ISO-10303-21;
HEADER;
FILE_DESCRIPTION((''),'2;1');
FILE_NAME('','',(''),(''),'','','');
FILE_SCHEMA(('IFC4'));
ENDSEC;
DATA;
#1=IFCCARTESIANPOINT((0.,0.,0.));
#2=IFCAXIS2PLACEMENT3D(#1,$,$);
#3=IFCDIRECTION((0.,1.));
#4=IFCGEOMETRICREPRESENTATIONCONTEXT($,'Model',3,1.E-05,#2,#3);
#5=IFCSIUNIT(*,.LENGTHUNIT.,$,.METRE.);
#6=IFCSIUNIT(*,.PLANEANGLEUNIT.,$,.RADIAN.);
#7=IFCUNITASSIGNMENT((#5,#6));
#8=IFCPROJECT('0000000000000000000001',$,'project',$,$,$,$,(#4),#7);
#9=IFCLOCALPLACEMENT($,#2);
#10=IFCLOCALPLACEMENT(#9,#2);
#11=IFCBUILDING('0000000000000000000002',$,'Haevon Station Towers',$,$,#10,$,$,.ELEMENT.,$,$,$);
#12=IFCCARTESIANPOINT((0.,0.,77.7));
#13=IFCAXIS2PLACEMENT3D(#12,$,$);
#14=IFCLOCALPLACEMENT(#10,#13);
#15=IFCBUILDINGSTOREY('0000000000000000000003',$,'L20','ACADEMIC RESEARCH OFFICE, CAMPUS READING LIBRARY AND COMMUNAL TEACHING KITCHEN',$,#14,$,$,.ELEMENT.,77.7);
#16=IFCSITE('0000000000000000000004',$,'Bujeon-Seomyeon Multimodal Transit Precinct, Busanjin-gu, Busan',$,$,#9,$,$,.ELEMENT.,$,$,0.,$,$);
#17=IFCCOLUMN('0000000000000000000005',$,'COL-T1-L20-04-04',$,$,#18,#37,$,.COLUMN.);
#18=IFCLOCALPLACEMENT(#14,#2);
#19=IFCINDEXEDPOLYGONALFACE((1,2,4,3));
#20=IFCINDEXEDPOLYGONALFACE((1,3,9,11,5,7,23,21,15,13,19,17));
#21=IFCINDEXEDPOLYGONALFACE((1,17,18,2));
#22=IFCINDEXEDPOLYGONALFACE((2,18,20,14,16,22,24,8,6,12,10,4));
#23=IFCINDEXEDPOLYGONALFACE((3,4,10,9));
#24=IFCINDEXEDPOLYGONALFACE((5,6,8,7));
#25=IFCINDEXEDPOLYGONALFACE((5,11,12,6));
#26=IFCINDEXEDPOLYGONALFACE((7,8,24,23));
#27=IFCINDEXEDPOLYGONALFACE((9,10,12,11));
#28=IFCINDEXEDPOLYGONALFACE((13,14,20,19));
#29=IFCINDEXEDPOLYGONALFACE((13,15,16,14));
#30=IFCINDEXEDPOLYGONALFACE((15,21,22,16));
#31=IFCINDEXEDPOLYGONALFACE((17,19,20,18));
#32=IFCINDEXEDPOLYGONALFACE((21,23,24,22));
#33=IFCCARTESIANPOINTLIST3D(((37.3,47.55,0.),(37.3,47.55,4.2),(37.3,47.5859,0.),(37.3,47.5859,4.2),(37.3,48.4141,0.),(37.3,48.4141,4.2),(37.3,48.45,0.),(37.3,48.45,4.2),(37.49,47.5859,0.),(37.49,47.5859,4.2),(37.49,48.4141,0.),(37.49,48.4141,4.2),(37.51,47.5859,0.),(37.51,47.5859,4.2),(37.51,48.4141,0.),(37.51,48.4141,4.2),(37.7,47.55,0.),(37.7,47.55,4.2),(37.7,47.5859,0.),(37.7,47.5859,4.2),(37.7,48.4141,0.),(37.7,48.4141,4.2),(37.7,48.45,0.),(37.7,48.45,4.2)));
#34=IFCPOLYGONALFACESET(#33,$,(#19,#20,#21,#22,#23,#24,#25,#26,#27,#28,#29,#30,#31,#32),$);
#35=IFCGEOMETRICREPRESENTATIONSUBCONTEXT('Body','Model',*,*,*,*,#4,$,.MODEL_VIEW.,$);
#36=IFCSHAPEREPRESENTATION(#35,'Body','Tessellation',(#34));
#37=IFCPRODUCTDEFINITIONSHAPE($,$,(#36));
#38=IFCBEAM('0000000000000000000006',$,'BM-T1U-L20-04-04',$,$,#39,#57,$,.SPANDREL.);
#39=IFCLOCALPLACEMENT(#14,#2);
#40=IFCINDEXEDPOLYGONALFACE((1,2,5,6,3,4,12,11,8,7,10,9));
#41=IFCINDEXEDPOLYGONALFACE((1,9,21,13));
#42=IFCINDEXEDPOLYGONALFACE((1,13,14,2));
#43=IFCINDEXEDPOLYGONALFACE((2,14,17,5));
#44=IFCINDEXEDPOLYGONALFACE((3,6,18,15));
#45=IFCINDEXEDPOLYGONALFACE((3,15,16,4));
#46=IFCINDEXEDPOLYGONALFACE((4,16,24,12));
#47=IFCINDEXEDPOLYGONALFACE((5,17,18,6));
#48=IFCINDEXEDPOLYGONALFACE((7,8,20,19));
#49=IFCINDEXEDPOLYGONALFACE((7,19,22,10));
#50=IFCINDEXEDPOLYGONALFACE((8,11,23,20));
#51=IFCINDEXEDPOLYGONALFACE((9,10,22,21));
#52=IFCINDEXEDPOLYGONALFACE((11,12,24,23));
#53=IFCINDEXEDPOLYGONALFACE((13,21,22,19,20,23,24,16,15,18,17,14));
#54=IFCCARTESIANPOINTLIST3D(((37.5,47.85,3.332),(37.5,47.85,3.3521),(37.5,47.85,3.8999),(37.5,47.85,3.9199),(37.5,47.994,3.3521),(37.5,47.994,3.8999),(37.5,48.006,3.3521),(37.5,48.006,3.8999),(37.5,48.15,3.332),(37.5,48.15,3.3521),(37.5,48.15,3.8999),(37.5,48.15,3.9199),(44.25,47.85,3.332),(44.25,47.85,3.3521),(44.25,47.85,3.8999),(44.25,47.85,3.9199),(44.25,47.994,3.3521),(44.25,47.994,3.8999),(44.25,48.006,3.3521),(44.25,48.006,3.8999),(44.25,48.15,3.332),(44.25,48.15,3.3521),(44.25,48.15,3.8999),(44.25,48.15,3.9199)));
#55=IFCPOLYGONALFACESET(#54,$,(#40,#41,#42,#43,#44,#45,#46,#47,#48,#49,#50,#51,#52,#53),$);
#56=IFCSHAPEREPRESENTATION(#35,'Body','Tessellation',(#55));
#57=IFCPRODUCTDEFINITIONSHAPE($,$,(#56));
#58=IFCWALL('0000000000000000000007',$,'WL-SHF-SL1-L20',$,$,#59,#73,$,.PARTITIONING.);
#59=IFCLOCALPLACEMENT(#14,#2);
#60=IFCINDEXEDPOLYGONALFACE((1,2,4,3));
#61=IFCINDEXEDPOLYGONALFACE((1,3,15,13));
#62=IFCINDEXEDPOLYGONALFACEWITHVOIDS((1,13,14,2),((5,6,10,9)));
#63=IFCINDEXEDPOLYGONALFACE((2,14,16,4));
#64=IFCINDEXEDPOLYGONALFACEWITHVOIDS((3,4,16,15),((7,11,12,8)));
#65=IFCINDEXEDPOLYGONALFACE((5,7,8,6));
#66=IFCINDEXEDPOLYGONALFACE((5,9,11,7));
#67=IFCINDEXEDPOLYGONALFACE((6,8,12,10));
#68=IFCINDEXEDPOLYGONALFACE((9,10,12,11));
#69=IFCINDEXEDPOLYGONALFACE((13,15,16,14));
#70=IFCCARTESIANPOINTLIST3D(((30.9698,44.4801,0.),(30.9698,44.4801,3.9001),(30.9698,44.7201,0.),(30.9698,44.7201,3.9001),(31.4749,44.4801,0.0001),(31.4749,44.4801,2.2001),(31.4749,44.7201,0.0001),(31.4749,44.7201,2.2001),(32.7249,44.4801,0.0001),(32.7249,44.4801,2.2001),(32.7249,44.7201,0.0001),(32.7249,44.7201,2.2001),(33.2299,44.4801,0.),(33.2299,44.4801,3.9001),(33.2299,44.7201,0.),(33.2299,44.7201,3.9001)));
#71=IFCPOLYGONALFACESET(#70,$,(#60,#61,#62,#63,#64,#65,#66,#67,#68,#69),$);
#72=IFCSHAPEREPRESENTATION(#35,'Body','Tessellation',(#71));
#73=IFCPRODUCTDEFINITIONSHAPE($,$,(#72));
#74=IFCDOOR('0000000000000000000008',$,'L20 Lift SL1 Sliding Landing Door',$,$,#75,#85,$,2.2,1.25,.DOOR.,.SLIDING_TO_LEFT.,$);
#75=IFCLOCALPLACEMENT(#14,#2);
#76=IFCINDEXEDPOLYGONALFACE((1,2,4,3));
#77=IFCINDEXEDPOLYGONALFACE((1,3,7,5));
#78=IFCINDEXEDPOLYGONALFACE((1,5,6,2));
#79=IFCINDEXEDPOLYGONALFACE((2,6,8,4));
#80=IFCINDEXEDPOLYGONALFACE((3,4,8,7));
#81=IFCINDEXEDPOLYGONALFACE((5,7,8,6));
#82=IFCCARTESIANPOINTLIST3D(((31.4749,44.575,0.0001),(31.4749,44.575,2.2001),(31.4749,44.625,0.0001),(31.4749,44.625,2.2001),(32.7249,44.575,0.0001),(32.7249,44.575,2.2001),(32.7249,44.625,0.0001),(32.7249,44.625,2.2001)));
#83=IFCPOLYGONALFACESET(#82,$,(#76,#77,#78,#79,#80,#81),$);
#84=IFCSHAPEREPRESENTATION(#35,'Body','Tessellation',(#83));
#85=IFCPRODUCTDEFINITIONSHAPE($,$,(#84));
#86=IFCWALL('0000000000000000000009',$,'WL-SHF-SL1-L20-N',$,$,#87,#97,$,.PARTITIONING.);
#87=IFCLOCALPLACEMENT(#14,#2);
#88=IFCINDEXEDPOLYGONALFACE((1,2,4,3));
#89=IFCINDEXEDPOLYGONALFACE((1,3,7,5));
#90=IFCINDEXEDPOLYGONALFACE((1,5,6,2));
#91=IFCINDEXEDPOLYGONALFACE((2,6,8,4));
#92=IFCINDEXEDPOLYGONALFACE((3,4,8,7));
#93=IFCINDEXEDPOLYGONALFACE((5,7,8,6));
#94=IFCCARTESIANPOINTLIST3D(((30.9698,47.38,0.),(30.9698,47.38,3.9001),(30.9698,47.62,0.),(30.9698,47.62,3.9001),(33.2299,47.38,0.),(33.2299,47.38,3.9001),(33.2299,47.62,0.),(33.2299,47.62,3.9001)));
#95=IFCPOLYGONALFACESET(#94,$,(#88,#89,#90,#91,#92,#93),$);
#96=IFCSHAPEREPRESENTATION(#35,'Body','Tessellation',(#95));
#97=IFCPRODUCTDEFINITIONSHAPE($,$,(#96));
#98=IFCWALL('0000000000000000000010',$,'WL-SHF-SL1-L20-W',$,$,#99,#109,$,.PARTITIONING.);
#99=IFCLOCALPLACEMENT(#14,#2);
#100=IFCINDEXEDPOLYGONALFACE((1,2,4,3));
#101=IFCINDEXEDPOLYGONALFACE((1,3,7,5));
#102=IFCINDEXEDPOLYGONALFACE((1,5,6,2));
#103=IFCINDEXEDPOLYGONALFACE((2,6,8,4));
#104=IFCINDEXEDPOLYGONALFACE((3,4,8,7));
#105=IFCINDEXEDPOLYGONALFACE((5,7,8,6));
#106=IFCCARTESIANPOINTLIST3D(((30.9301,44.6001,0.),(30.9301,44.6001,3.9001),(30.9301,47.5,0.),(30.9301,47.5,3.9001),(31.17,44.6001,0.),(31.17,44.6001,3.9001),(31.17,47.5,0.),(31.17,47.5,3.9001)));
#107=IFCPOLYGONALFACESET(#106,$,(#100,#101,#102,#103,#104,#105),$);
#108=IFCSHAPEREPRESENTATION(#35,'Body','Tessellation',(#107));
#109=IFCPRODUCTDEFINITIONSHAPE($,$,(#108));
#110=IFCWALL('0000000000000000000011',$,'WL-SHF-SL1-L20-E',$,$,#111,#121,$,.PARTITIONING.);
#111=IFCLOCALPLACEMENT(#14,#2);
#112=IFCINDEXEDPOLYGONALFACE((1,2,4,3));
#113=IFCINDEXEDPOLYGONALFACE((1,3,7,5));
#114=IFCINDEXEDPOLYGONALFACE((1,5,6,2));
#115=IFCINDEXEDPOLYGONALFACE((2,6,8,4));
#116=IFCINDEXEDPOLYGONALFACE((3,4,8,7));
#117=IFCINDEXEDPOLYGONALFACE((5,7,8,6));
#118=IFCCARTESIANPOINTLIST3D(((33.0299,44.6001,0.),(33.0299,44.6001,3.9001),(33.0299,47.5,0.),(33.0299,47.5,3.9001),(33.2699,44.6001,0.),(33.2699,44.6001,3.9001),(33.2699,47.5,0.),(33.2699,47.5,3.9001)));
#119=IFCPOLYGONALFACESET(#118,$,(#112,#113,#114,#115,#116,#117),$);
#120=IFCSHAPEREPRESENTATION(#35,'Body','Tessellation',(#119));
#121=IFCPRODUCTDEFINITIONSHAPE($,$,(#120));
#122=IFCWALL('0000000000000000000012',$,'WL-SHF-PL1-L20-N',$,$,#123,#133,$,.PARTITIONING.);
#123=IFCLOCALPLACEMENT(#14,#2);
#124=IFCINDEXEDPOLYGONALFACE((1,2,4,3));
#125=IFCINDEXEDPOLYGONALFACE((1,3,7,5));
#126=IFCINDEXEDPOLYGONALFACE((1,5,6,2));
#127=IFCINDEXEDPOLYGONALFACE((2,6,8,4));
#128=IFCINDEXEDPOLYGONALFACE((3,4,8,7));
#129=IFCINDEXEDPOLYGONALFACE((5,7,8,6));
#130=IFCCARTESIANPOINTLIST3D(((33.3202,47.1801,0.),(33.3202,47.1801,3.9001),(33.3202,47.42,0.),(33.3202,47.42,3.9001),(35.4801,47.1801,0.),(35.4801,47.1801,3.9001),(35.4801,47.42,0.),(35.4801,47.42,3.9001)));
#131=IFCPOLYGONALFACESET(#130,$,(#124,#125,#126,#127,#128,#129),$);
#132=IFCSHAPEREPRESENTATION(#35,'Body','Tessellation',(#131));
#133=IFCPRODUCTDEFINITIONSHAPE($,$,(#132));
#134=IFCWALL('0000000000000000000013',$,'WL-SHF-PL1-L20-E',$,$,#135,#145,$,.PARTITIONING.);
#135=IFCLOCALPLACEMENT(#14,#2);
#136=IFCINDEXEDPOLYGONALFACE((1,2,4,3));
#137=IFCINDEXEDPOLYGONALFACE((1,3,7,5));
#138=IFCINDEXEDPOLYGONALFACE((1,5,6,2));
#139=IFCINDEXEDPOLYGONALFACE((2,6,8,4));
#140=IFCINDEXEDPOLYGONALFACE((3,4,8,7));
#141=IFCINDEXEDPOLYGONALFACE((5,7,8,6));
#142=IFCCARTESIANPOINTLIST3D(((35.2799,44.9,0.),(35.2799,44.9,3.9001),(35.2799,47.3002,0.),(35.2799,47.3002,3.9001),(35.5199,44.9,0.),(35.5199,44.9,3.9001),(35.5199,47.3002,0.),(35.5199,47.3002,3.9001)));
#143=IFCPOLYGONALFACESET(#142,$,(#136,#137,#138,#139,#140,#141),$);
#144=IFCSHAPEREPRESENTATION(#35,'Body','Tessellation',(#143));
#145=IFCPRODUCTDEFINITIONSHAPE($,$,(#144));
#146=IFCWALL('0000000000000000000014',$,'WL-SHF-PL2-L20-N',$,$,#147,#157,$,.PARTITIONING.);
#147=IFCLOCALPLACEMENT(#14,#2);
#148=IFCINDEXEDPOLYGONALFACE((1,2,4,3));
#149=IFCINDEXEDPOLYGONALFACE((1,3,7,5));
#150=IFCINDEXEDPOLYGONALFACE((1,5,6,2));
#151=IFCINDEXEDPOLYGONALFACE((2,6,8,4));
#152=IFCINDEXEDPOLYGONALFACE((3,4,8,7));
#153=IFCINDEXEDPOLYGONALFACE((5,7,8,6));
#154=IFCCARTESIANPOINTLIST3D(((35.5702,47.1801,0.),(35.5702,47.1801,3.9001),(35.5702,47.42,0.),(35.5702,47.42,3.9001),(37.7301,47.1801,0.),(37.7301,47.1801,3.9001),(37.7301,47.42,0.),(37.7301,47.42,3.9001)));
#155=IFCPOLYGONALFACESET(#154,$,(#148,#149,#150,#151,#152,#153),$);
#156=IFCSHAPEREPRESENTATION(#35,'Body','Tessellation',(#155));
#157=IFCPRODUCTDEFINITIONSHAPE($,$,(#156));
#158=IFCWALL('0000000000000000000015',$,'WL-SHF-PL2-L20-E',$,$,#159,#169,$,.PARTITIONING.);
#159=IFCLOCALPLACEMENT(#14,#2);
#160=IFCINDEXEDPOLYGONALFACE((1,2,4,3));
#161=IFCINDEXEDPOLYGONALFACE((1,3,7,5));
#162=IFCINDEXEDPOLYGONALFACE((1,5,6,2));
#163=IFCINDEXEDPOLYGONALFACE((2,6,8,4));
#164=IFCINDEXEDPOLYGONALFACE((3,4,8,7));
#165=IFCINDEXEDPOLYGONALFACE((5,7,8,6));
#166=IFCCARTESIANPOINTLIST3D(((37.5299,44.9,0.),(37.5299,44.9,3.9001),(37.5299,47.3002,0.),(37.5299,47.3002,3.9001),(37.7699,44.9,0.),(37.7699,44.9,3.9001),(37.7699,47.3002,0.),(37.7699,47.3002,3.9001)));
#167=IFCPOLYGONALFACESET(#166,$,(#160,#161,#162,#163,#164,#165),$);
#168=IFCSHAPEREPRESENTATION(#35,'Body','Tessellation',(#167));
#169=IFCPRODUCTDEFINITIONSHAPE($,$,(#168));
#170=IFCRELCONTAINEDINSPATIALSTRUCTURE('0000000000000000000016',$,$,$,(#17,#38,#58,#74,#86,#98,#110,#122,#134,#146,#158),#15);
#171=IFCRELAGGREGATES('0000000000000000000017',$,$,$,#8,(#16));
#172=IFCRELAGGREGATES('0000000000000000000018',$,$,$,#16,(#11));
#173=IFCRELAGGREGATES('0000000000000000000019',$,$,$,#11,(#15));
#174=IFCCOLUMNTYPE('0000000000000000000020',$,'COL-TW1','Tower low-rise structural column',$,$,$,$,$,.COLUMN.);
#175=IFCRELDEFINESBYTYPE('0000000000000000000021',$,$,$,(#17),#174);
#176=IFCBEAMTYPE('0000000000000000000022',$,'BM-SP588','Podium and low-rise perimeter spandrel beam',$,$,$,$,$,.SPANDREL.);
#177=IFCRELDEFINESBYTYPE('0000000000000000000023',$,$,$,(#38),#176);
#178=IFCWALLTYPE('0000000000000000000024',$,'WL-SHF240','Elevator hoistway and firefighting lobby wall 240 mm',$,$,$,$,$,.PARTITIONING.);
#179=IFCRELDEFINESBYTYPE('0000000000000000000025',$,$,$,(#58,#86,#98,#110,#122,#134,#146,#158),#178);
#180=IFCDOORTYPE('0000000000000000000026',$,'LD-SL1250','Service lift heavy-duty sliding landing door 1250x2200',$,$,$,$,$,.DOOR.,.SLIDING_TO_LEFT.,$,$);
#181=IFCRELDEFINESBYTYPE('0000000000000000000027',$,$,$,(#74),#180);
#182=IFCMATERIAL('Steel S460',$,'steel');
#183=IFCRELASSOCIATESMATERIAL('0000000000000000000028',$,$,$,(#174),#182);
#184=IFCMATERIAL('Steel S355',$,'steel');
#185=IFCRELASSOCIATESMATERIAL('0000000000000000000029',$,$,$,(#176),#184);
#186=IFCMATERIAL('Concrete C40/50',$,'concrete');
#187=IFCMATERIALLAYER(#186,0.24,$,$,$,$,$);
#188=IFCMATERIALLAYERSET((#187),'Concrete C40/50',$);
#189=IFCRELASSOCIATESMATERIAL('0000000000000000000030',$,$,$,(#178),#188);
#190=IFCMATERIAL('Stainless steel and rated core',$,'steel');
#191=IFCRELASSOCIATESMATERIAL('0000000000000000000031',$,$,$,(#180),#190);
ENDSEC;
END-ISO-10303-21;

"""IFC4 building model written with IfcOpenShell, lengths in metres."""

from ifc_helpers import new_model, si_unit, direction, frame, frame_2d, origin, origin_2d, place, context, subcontext, project, spatial, rectangle, i_section, extrude, material, layer, layer_set, material_profile, profile_set, type_object, element, fill, save


model = new_model("IFC4")

# Units and contexts
model_context = context("Model", 3, precision=1e-05, world=origin(), true_north=direction((0.0, 1.0)))
body_context = subcontext(model_context, "Body", "Model", "MODEL_VIEW")
ifc_project = project(units=[si_unit("LENGTHUNIT", "METRE"), si_unit("PLANEANGLEUNIT", "RADIAN")], contexts=[model_context])

# Site, building, storey
site_placement = place(None, origin())
site = spatial("IfcSite", under=ifc_project, at=site_placement, Name="Bujeon-Seomyeon Multimodal Transit Precinct, Busanjin-gu, Busan", CompositionType="ELEMENT", RefElevation=0.0)
building_placement = place(site_placement, origin())
building = spatial("IfcBuilding", under=site, at=building_placement, Name="Haevon Station Towers", CompositionType="ELEMENT")
storey_placement = place(building_placement, frame((0.0, 0.0, 77.7)))
storey = spatial("IfcBuildingStorey", under=building, at=storey_placement, Name="L20", Description="ACADEMIC RESEARCH OFFICE, CAMPUS READING LIBRARY AND COMMUNAL TEACHING KITCHEN", CompositionType="ELEMENT", Elevation=77.7)

# Column
ifc_material_1 = material(Name="Steel S460", Category="steel")
ifc_material_profile_1 = material_profile(ifc_material_1, i_section(OverallWidth=0.3999, OverallDepth=0.8999, WebThickness=0.02, FlangeThickness=0.0359, at=origin_2d()), Name="H-900x400x20x36")
ifc_profile_set_1 = profile_set([ifc_material_profile_1], Name="Steel S460")
column_type = type_object("IfcColumnType", Name="COL-TW1", Description="Tower low-rise structural column", PredefinedType="COLUMN", material=ifc_profile_set_1)
column_placement = place(storey_placement, frame((37.5, 48.0, 0.0), z_axis=(0.0, 0.0, 1.0), x_axis=(1.0, 0.0, 0.0)))
element("IfcColumn", 1, at=column_placement, inside=storey, type_object=column_type, Name="COL-T1-L20-04-04", PredefinedType="COLUMN", context=body_context, shape_type="SweptSolid", body=[
    extrude(i_section(OverallWidth=0.3999, OverallDepth=0.8999, WebThickness=0.02, FlangeThickness=0.0359, at=origin_2d()), origin(), (0.0, 0.0, 1.0), 4.2),
])

# Beam
ifc_material_2 = material(Name="Steel S355", Category="steel")
ifc_material_profile_2 = material_profile(ifc_material_2, i_section(OverallWidth=0.3, OverallDepth=0.5879, WebThickness=0.012, FlangeThickness=0.02, at=origin_2d()), Name="H-588x300x12x20")
ifc_profile_set_2 = profile_set([ifc_material_profile_2], Name="Steel S355")
beam_type = type_object("IfcBeamType", Name="BM-SP588", Description="Podium and low-rise perimeter spandrel beam", PredefinedType="SPANDREL", material=ifc_profile_set_2)
beam_placement = place(storey_placement, frame((37.5, 48.0, 3.626), z_axis=(1.0, 0.0, 0.0), x_axis=(0.0, 1.0, 0.0)))
element("IfcBeam", 2, at=beam_placement, inside=storey, type_object=beam_type, Name="BM-T1U-L20-04-04", PredefinedType="SPANDREL", context=body_context, shape_type="SweptSolid", body=[
    extrude(i_section(OverallWidth=0.3, OverallDepth=0.5879, WebThickness=0.012, FlangeThickness=0.02, at=origin_2d()), origin(), (0.0, 0.0, 1.0), 6.75),
])

# Wall, opening, door
ifc_material_3 = material(Name="Concrete C40/50", Category="concrete")
ifc_layer = layer(ifc_material_3, 0.24)
ifc_layer_set = layer_set([ifc_layer], Name="Concrete C40/50")
wall_type = type_object("IfcWallType", Name="WL-SHF240", Description="Elevator hoistway and firefighting lobby wall 240 mm", PredefinedType="PARTITIONING", material=ifc_layer_set)
wall_1_placement = place(storey_placement, frame((30.97, 44.6001, 0.0), z_axis=(0.0, 0.0, 1.0), x_axis=(1.0, 0.0, 0.0)))
wall_1 = element("IfcWall", 3, at=wall_1_placement, inside=storey, type_object=wall_type, Name="WL-SHF-SL1-L20", PredefinedType="PARTITIONING", context=body_context, shape_type="SweptSolid", body=[
    extrude(rectangle(XDim=2.26, YDim=0.24, at=frame_2d((1.1299, 0.0))), origin(), (0.0, 0.0, 1.0), 3.9001),
])
opening_1_placement = place(wall_1_placement, frame((0.5049, 0.0, 0.0)))
opening_1 = element("IfcOpeningElement", 4, at=opening_1_placement, cuts=wall_1, PredefinedType="OPENING", context=body_context, shape_type="SweptSolid", body=[
    extrude(rectangle(XDim=1.25, YDim=2.2, at=frame_2d((0.625, 1.1001))), frame((0.0, 0.1299, 0.0), z_axis=(0.0, -1.0, 0.0), x_axis=(1.0, 0.0, 0.0)), (0.0, 0.0, 1.0), 0.26),
])
ifc_material_4 = material(Name="Stainless steel and rated core", Category="steel")
door_type_1 = type_object("IfcDoorType", Name="LD-SL1250", Description="Service lift heavy-duty sliding landing door 1250x2200", OperationType="SLIDING_TO_LEFT", PredefinedType="DOOR", material=ifc_material_4)
door_1_placement = place(opening_1_placement, origin())
door_1 = element("IfcDoor", 5, at=door_1_placement, inside=storey, type_object=door_type_1, Name="L20 Lift SL1 Sliding Landing Door", OperationType="SLIDING_TO_LEFT", OverallHeight=2.2, OverallWidth=1.25, PredefinedType="DOOR", context=body_context, shape_type="SweptSolid", body=[
    extrude(rectangle(XDim=1.25, YDim=2.2, at=frame_2d((0.625, 1.1001))), frame((0.0, 0.0249, 0.0), z_axis=(0.0, -1.0, 0.0), x_axis=(1.0, 0.0, 0.0)), (0.0, 0.0, 1.0), 0.05),
])
fill(opening_1, door_1)

# Walls
wall_2_placement = place(storey_placement, frame((30.97, 47.5, 0.0), z_axis=(0.0, 0.0, 1.0), x_axis=(1.0, 0.0, 0.0)))
element("IfcWall", 6, at=wall_2_placement, inside=storey, type_object=wall_type, Name="WL-SHF-SL1-L20-N", PredefinedType="PARTITIONING", context=body_context, shape_type="SweptSolid", body=[
    extrude(rectangle(XDim=2.26, YDim=0.24, at=frame_2d((1.1299, 0.0))), origin(), (0.0, 0.0, 1.0), 3.9001),
])
for number, where, z_axis, x_axis, name in (
    (7, (31.05, 44.6001, 0.0), (0.0, 0.0, 1.0), (0.0, 1.0, 0.0), "WL-SHF-SL1-L20-W"),
    (8, (33.1499, 44.6001, 0.0), (0.0, 0.0, 1.0), (0.0, 1.0, 0.0), "WL-SHF-SL1-L20-E"),
):
    element("IfcWall", number, at=place(storey_placement, frame(where, z_axis=z_axis, x_axis=x_axis)), inside=storey, type_object=wall_type, Name=name, PredefinedType="PARTITIONING", context=body_context, shape_type="SweptSolid", body=[
        extrude(rectangle(XDim=2.8999, YDim=0.24, at=frame_2d((1.45, 0.0))), origin(), (0.0, 0.0, 1.0), 3.9001),
    ])

# Walls
wall_3_placement = place(storey_placement, frame((33.3201, 47.3, 0.0), z_axis=(0.0, 0.0, 1.0), x_axis=(1.0, 0.0, 0.0)))
element("IfcWall", 9, at=wall_3_placement, inside=storey, type_object=wall_type, Name="WL-SHF-PL1-L20-N", PredefinedType="PARTITIONING", context=body_context, shape_type="SweptSolid", body=[
    extrude(rectangle(XDim=2.1599, YDim=0.24, at=frame_2d((1.0801, 0.0))), origin(), (0.0, 0.0, 1.0), 3.9001),
])
wall_4_placement = place(storey_placement, frame((35.3999, 44.8999, 0.0), z_axis=(0.0, 0.0, 1.0), x_axis=(0.0, 1.0, 0.0)))
element("IfcWall", 10, at=wall_4_placement, inside=storey, type_object=wall_type, Name="WL-SHF-PL1-L20-E", PredefinedType="PARTITIONING", context=body_context, shape_type="SweptSolid", body=[
    extrude(rectangle(XDim=2.4001, YDim=0.24, at=frame_2d((1.2002, 0.0))), origin(), (0.0, 0.0, 1.0), 3.9001),
])

# Walls
wall_5_placement = place(storey_placement, frame((35.5701, 47.3, 0.0), z_axis=(0.0, 0.0, 1.0), x_axis=(1.0, 0.0, 0.0)))
element("IfcWall", 11, at=wall_5_placement, inside=storey, type_object=wall_type, Name="WL-SHF-PL2-L20-N", PredefinedType="PARTITIONING", context=body_context, shape_type="SweptSolid", body=[
    extrude(rectangle(XDim=2.1599, YDim=0.24, at=frame_2d((1.0801, 0.0))), origin(), (0.0, 0.0, 1.0), 3.9001),
])
wall_6_placement = place(storey_placement, frame((37.6499, 44.8999, 0.0), z_axis=(0.0, 0.0, 1.0), x_axis=(0.0, 1.0, 0.0)))
element("IfcWall", 12, at=wall_6_placement, inside=storey, type_object=wall_type, Name="WL-SHF-PL2-L20-E", PredefinedType="PARTITIONING", context=body_context, shape_type="SweptSolid", body=[
    extrude(rectangle(XDim=2.4001, YDim=0.24, at=frame_2d((1.2002, 0.0))), origin(), (0.0, 0.0, 1.0), 3.9001),
])

save(model, "model.ifc")
